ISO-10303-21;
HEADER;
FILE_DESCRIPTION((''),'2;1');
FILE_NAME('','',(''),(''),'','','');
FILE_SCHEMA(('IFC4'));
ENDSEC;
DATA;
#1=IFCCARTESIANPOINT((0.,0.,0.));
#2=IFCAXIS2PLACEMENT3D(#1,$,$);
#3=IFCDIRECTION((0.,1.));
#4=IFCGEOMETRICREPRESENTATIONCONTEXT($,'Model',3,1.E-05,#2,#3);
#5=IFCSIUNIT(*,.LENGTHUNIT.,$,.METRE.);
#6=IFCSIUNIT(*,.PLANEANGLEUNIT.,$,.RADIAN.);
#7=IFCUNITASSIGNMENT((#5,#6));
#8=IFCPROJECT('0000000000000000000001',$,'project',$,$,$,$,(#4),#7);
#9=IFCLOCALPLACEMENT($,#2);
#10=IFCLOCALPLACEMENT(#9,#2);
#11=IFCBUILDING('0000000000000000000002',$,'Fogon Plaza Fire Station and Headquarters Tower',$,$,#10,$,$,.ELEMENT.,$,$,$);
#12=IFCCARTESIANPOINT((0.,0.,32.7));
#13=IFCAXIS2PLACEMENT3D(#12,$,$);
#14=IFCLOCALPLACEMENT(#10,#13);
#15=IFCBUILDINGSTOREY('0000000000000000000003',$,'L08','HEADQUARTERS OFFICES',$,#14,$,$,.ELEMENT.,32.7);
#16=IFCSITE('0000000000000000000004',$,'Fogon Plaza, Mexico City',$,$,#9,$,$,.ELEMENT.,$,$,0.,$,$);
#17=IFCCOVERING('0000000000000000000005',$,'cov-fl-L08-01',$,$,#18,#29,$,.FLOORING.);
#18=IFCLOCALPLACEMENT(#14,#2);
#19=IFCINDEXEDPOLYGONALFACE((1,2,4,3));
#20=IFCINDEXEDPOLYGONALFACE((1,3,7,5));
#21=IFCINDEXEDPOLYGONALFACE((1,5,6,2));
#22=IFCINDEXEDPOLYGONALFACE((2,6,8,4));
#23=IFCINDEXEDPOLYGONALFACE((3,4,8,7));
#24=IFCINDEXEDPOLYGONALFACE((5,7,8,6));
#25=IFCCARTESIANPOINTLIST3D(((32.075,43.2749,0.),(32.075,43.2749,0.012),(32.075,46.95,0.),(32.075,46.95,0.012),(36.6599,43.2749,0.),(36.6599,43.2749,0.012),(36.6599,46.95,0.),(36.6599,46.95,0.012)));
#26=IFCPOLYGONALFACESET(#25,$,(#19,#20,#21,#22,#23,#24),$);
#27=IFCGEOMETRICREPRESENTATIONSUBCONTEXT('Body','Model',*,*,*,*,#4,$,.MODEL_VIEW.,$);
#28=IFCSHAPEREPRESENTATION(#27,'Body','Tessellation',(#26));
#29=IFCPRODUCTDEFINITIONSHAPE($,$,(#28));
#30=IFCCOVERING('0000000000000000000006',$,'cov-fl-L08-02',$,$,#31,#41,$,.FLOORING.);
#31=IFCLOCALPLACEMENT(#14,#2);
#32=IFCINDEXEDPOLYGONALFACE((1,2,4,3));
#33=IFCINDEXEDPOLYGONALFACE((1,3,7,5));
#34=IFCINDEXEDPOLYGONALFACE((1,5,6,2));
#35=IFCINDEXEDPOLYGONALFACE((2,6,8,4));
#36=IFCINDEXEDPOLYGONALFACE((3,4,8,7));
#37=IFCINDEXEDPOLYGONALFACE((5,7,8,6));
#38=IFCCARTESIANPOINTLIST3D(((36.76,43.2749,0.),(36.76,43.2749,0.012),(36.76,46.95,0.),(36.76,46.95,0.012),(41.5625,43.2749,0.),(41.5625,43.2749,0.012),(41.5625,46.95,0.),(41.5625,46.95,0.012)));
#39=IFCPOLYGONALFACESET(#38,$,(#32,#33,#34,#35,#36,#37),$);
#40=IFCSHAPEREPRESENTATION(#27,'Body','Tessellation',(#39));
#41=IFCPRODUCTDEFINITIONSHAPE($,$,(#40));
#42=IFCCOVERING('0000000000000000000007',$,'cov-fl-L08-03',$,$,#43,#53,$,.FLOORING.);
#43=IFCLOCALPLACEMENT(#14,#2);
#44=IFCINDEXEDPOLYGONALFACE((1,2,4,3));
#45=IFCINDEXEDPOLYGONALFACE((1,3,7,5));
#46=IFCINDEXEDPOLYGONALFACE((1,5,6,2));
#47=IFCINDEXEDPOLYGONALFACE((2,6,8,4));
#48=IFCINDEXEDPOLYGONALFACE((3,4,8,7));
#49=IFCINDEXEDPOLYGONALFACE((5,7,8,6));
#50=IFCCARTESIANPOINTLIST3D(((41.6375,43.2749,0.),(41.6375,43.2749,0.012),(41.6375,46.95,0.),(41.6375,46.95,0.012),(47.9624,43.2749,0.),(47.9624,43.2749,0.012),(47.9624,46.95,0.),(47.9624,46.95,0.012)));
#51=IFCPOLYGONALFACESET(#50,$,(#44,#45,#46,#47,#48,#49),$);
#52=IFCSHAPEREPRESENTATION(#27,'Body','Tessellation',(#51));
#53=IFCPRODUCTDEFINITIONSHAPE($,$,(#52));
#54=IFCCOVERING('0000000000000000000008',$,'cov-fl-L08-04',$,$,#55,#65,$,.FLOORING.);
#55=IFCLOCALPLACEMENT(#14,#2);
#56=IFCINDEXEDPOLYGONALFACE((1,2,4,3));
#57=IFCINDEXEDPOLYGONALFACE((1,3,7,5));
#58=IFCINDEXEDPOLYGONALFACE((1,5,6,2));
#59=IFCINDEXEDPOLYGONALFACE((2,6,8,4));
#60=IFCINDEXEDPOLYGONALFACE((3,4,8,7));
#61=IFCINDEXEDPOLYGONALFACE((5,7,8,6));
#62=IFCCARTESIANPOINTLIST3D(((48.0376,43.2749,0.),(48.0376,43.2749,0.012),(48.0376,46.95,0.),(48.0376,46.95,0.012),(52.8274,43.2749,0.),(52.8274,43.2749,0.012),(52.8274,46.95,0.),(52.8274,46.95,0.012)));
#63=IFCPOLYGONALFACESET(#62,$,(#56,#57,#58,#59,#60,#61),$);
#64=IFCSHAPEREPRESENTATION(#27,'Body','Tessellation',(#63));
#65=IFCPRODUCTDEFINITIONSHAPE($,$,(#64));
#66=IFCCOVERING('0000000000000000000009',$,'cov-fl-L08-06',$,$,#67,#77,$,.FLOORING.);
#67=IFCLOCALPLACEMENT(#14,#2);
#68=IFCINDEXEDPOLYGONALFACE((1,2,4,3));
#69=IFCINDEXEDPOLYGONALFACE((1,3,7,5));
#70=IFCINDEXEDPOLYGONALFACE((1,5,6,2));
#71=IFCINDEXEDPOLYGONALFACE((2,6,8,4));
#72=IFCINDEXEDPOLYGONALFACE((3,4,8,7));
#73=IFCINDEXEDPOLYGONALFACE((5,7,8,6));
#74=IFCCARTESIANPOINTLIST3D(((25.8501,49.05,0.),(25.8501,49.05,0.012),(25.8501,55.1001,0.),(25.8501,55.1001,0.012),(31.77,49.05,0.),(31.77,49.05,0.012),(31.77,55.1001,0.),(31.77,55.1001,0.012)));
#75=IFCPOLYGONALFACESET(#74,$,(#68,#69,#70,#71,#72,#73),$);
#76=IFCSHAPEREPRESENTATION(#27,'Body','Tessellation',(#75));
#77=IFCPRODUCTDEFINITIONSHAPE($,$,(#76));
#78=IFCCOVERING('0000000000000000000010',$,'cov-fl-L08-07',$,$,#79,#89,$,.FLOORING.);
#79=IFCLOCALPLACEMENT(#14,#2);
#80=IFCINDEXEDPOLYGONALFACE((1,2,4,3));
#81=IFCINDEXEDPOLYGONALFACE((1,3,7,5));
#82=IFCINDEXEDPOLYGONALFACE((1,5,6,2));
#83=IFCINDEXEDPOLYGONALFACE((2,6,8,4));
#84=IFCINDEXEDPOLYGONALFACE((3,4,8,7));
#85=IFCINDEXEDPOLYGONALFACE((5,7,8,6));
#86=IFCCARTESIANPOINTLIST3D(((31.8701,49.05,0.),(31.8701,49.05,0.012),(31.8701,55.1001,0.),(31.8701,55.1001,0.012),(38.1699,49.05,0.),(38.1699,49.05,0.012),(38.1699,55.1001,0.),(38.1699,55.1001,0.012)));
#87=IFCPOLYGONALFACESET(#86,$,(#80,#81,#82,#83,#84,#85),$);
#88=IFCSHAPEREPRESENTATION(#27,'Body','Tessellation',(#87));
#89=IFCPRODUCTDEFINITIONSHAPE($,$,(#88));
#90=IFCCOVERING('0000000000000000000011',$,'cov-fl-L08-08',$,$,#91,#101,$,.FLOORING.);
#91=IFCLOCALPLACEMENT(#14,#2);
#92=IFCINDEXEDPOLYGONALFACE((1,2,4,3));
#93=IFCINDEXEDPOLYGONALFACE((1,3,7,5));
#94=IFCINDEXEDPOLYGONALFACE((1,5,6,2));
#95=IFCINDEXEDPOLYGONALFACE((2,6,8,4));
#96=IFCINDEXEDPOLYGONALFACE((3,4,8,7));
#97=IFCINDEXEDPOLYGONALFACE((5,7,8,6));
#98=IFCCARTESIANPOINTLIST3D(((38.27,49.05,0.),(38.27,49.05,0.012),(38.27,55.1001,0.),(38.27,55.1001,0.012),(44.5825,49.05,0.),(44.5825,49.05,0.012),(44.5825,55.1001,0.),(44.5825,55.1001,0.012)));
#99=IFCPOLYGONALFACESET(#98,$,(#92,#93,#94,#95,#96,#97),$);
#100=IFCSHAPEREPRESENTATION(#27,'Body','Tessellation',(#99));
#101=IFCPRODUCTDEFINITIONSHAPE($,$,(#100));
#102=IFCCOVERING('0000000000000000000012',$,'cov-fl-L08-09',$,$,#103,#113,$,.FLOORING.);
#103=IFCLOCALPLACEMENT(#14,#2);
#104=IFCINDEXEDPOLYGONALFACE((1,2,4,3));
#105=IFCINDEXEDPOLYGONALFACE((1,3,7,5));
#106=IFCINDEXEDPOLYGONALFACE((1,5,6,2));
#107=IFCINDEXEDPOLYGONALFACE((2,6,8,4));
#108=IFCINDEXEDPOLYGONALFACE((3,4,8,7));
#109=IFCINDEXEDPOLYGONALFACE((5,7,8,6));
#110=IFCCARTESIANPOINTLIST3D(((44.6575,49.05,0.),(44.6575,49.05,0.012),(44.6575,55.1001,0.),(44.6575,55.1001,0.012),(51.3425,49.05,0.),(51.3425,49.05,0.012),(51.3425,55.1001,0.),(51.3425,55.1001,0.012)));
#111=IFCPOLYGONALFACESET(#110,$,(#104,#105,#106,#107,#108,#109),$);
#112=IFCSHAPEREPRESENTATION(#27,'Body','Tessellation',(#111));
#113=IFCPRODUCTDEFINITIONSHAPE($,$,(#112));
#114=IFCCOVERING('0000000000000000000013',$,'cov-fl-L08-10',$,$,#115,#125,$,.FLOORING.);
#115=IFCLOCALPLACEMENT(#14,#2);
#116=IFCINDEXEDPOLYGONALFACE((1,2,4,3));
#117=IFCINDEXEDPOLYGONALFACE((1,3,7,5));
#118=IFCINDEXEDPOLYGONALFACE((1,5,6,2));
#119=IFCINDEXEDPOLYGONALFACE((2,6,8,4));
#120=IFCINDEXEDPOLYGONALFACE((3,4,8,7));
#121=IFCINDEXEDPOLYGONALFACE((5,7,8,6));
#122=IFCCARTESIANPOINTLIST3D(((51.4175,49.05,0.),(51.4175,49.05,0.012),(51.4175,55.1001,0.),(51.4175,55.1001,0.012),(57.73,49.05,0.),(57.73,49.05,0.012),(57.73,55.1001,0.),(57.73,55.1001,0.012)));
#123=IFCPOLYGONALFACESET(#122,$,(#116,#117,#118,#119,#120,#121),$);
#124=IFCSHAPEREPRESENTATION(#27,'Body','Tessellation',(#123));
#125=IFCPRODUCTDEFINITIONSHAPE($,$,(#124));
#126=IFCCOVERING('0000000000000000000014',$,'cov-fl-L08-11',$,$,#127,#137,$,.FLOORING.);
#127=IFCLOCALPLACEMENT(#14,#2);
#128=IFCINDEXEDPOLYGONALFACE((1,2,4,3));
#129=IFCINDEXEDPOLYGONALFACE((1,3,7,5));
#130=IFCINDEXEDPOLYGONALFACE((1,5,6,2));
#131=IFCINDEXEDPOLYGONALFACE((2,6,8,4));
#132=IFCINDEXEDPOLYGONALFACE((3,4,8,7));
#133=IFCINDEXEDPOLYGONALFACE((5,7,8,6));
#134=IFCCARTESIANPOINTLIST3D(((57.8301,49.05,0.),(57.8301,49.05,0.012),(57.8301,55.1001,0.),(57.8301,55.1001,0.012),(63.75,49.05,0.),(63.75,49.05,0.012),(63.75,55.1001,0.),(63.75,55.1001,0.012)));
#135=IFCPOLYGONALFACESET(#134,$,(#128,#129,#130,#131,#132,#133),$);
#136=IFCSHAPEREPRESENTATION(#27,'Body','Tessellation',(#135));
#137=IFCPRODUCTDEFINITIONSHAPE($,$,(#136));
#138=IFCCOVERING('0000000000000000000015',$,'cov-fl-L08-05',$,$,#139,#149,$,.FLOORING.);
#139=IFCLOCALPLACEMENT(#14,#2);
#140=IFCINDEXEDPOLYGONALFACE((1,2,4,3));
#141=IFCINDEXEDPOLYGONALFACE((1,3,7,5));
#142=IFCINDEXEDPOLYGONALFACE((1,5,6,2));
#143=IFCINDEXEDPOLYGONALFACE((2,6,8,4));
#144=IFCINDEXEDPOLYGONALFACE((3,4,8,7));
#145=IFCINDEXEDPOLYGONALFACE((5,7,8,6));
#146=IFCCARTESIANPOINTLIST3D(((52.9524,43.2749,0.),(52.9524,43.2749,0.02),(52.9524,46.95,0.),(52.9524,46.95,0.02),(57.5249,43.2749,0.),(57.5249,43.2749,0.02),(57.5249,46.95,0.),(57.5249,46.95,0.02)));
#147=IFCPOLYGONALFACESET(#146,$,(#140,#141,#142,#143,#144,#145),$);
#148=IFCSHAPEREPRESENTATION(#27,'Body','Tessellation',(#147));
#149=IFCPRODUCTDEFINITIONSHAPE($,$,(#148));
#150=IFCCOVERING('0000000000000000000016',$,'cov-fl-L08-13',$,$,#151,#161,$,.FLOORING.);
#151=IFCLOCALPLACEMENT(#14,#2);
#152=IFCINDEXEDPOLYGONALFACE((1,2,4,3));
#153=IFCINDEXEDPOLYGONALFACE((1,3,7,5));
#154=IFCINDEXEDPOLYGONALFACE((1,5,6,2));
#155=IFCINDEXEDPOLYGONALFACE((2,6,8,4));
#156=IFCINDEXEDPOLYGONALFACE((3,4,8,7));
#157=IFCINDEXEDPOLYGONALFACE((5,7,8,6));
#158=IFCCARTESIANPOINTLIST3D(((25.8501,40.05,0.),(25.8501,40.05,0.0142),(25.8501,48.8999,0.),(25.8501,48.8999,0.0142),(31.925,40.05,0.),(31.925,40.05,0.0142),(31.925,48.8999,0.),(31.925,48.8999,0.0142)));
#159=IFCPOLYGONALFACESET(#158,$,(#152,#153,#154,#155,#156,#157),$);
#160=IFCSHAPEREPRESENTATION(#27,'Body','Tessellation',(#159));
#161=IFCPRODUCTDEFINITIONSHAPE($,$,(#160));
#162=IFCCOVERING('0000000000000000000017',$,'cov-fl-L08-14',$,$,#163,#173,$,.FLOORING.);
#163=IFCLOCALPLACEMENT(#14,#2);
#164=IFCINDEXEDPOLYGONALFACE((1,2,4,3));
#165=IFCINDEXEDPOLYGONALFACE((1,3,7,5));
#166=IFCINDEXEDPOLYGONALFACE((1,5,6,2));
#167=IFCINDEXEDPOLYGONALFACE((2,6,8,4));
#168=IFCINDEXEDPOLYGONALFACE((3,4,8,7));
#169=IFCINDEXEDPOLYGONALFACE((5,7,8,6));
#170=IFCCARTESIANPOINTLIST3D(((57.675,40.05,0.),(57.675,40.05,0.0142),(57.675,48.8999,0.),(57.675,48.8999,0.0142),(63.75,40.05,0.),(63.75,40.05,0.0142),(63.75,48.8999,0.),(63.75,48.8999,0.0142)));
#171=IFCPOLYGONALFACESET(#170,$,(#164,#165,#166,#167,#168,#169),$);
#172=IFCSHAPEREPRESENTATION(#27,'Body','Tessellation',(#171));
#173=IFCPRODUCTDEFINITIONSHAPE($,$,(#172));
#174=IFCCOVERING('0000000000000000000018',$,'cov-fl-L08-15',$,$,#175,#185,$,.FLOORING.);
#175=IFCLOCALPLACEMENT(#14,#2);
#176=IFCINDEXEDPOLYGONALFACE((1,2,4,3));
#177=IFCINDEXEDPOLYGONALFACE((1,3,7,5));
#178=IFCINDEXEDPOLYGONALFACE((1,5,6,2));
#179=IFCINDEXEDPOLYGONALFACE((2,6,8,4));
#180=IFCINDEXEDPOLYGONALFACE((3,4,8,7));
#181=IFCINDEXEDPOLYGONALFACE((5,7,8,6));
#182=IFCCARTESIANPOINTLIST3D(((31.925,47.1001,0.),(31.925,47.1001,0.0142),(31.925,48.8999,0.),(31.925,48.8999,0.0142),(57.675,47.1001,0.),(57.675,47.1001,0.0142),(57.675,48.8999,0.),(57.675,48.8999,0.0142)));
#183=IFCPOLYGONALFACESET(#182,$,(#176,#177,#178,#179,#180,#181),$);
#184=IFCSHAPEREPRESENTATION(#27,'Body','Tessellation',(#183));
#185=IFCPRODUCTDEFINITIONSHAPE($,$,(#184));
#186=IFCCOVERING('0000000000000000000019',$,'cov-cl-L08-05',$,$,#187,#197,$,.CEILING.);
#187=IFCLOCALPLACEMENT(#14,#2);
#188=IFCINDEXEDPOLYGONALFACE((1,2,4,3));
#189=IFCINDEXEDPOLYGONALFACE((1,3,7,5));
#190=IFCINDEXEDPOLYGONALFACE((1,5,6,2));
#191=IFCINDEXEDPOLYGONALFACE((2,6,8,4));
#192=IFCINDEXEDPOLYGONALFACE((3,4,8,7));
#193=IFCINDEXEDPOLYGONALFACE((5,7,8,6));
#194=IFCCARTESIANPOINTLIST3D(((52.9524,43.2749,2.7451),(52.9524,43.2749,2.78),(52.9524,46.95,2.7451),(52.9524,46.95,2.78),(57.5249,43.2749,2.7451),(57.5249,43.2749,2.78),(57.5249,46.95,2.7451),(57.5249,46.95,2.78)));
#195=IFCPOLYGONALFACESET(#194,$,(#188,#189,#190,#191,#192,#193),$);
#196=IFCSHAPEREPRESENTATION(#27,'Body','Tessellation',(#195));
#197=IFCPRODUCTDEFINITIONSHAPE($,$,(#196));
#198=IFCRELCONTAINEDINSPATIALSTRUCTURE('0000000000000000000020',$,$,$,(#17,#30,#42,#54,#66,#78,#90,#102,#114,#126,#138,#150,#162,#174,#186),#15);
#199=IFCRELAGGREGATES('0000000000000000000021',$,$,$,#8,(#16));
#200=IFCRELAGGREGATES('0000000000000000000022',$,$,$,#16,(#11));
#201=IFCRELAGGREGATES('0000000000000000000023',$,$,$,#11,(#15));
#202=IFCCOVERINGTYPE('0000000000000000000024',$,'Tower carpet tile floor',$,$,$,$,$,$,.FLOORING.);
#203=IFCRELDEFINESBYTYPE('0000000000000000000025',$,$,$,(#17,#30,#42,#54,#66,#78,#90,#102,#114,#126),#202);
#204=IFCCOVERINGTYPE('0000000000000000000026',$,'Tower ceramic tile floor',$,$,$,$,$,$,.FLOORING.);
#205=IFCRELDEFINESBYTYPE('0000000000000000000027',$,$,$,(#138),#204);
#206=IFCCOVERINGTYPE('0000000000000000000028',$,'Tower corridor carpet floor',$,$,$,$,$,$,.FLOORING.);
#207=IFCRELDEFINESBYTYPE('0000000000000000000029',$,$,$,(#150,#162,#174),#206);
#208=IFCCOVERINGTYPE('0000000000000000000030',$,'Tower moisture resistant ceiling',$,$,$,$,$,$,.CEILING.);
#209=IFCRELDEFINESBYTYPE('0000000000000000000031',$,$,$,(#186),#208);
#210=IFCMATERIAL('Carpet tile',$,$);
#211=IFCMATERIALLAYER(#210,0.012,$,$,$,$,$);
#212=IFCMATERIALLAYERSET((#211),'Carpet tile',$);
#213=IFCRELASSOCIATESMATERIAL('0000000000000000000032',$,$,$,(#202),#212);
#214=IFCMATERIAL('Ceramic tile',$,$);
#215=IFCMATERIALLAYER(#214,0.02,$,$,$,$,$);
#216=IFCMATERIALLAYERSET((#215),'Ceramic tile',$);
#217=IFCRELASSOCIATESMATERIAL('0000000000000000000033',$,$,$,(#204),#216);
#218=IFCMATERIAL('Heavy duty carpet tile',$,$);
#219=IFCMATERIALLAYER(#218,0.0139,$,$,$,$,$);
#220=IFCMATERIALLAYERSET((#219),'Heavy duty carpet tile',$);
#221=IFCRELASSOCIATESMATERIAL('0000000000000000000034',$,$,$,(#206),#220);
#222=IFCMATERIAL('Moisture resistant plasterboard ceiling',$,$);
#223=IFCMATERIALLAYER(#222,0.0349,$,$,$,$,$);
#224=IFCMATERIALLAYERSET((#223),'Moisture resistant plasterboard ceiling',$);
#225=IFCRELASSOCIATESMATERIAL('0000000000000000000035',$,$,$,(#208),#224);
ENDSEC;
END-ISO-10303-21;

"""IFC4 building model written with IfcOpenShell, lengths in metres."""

from ifc_helpers import new_model, si_unit, direction, frame, origin, place, context, subcontext, project, spatial, polyline, outline, extrude, material, layer, layer_set, type_object, element, save


model = new_model("IFC4")

# Units and contexts
model_context = context("Model", 3, precision=1e-05, world=origin(), true_north=direction((0.0, 1.0)))
body_context = subcontext(model_context, "Body", "Model", "MODEL_VIEW")
ifc_project = project(units=[si_unit("LENGTHUNIT", "METRE"), si_unit("PLANEANGLEUNIT", "RADIAN")], contexts=[model_context])

# Site, building, storey
site_placement = place(None, origin())
site = spatial("IfcSite", under=ifc_project, at=site_placement, Name="Fogon Plaza, Mexico City", CompositionType="ELEMENT", RefElevation=0.0)
building_placement = place(site_placement, origin())
building = spatial("IfcBuilding", under=site, at=building_placement, Name="Fogon Plaza Fire Station and Headquarters Tower", CompositionType="ELEMENT")
storey_placement = place(building_placement, frame((0.0, 0.0, 32.7)))
storey = spatial("IfcBuildingStorey", under=building, at=storey_placement, Name="L08", Description="HEADQUARTERS OFFICES", CompositionType="ELEMENT", Elevation=32.7)

# Coverings
ifc_material_1 = material(Name="Carpet tile")
ifc_layer_1 = layer(ifc_material_1, 0.012)
ifc_layer_set_1 = layer_set([ifc_layer_1], Name="Carpet tile")
covering_type_1 = type_object("IfcCoveringType", Name="Tower carpet tile floor", PredefinedType="FLOORING", material=ifc_layer_set_1)
covering_1_placement = place(storey_placement, origin())
element("IfcCovering", 1, at=covering_1_placement, inside=storey, type_object=covering_type_1, Name="cov-fl-L08-01", PredefinedType="FLOORING", context=body_context, shape_type="SweptSolid", body=[
    extrude(outline(polyline([(36.6599, 43.2749), (36.6599, 46.95), (32.075, 46.95), (32.075, 43.2749), (36.6599, 43.2749)])), origin(), (0.0, 0.0, 1.0), 0.012),
])
covering_2_placement = place(storey_placement, origin())
element("IfcCovering", 2, at=covering_2_placement, inside=storey, type_object=covering_type_1, Name="cov-fl-L08-02", PredefinedType="FLOORING", context=body_context, shape_type="SweptSolid", body=[
    extrude(outline(polyline([(41.5625, 43.2749), (41.5625, 46.95), (36.76, 46.95), (36.76, 43.2749), (41.5625, 43.2749)])), origin(), (0.0, 0.0, 1.0), 0.012),
])
covering_3_placement = place(storey_placement, origin())
element("IfcCovering", 3, at=covering_3_placement, inside=storey, type_object=covering_type_1, Name="cov-fl-L08-03", PredefinedType="FLOORING", context=body_context, shape_type="SweptSolid", body=[
    extrude(outline(polyline([(47.9624, 43.2749), (47.9624, 46.95), (41.6375, 46.95), (41.6375, 43.2749), (47.9624, 43.2749)])), origin(), (0.0, 0.0, 1.0), 0.012),
])
covering_4_placement = place(storey_placement, origin())
element("IfcCovering", 4, at=covering_4_placement, inside=storey, type_object=covering_type_1, Name="cov-fl-L08-04", PredefinedType="FLOORING", context=body_context, shape_type="SweptSolid", body=[
    extrude(outline(polyline([(52.8274, 43.2749), (52.8274, 46.95), (48.0376, 46.95), (48.0376, 43.2749), (52.8274, 43.2749)])), origin(), (0.0, 0.0, 1.0), 0.012),
])
covering_5_placement = place(storey_placement, origin())
element("IfcCovering", 5, at=covering_5_placement, inside=storey, type_object=covering_type_1, Name="cov-fl-L08-06", PredefinedType="FLOORING", context=body_context, shape_type="SweptSolid", body=[
    extrude(outline(polyline([(31.77, 49.05), (31.77, 55.1001), (25.8501, 55.1001), (25.8501, 49.05), (31.77, 49.05)])), origin(), (0.0, 0.0, 1.0), 0.012),
])
covering_6_placement = place(storey_placement, origin())
element("IfcCovering", 6, at=covering_6_placement, inside=storey, type_object=covering_type_1, Name="cov-fl-L08-07", PredefinedType="FLOORING", context=body_context, shape_type="SweptSolid", body=[
    extrude(outline(polyline([(38.1699, 49.05), (38.1699, 55.1001), (31.8701, 55.1001), (31.8701, 49.05), (38.1699, 49.05)])), origin(), (0.0, 0.0, 1.0), 0.012),
])
covering_7_placement = place(storey_placement, origin())
element("IfcCovering", 7, at=covering_7_placement, inside=storey, type_object=covering_type_1, Name="cov-fl-L08-08", PredefinedType="FLOORING", context=body_context, shape_type="SweptSolid", body=[
    extrude(outline(polyline([(44.5825, 49.05), (44.5825, 55.1001), (38.27, 55.1001), (38.27, 49.05), (44.5825, 49.05)])), origin(), (0.0, 0.0, 1.0), 0.012),
])
covering_8_placement = place(storey_placement, origin())
element("IfcCovering", 8, at=covering_8_placement, inside=storey, type_object=covering_type_1, Name="cov-fl-L08-09", PredefinedType="FLOORING", context=body_context, shape_type="SweptSolid", body=[
    extrude(outline(polyline([(51.3425, 49.05), (51.3425, 55.1001), (44.6575, 55.1001), (44.6575, 49.05), (51.3425, 49.05)])), origin(), (0.0, 0.0, 1.0), 0.012),
])
covering_9_placement = place(storey_placement, origin())
element("IfcCovering", 9, at=covering_9_placement, inside=storey, type_object=covering_type_1, Name="cov-fl-L08-10", PredefinedType="FLOORING", context=body_context, shape_type="SweptSolid", body=[
    extrude(outline(polyline([(57.73, 49.05), (57.73, 55.1001), (51.4175, 55.1001), (51.4175, 49.05), (57.73, 49.05)])), origin(), (0.0, 0.0, 1.0), 0.012),
])
covering_10_placement = place(storey_placement, origin())
element("IfcCovering", 10, at=covering_10_placement, inside=storey, type_object=covering_type_1, Name="cov-fl-L08-11", PredefinedType="FLOORING", context=body_context, shape_type="SweptSolid", body=[
    extrude(outline(polyline([(63.75, 49.05), (63.75, 55.1001), (57.8301, 55.1001), (57.8301, 49.05), (63.75, 49.05)])), origin(), (0.0, 0.0, 1.0), 0.012),
])
ifc_material_2 = material(Name="Ceramic tile")
ifc_layer_2 = layer(ifc_material_2, 0.02)
ifc_layer_set_2 = layer_set([ifc_layer_2], Name="Ceramic tile")
covering_type_2 = type_object("IfcCoveringType", Name="Tower ceramic tile floor", PredefinedType="FLOORING", material=ifc_layer_set_2)
covering_11_placement = place(storey_placement, origin())
element("IfcCovering", 11, at=covering_11_placement, inside=storey, type_object=covering_type_2, Name="cov-fl-L08-05", PredefinedType="FLOORING", context=body_context, shape_type="SweptSolid", body=[
    extrude(outline(polyline([(57.5249, 43.2749), (57.5249, 46.95), (52.9524, 46.95), (52.9524, 43.2749), (57.5249, 43.2749)])), origin(), (0.0, 0.0, 1.0), 0.02),
])
ifc_material_3 = material(Name="Heavy duty carpet tile")
ifc_layer_3 = layer(ifc_material_3, 0.0139)
ifc_layer_set_3 = layer_set([ifc_layer_3], Name="Heavy duty carpet tile")
covering_type_3 = type_object("IfcCoveringType", Name="Tower corridor carpet floor", PredefinedType="FLOORING", material=ifc_layer_set_3)
covering_12_placement = place(storey_placement, origin())
element("IfcCovering", 12, at=covering_12_placement, inside=storey, type_object=covering_type_3, Name="cov-fl-L08-13", PredefinedType="FLOORING", context=body_context, shape_type="SweptSolid", body=[
    extrude(outline(polyline([(31.925, 40.05), (31.925, 48.8999), (25.8501, 48.8999), (25.8501, 40.05), (31.925, 40.05)])), origin(), (0.0, 0.0, 1.0), 0.0142),
])
covering_13_placement = place(storey_placement, origin())
element("IfcCovering", 13, at=covering_13_placement, inside=storey, type_object=covering_type_3, Name="cov-fl-L08-14", PredefinedType="FLOORING", context=body_context, shape_type="SweptSolid", body=[
    extrude(outline(polyline([(63.75, 40.05), (63.75, 48.8999), (57.675, 48.8999), (57.675, 40.05), (63.75, 40.05)])), origin(), (0.0, 0.0, 1.0), 0.0142),
])
covering_14_placement = place(storey_placement, origin())
element("IfcCovering", 14, at=covering_14_placement, inside=storey, type_object=covering_type_3, Name="cov-fl-L08-15", PredefinedType="FLOORING", context=body_context, shape_type="SweptSolid", body=[
    extrude(outline(polyline([(57.675, 47.1001), (57.675, 48.8999), (31.925, 48.8999), (31.925, 47.1001), (57.675, 47.1001)])), origin(), (0.0, 0.0, 1.0), 0.0142),
])
ifc_material_4 = material(Name="Moisture resistant plasterboard ceiling")
ifc_layer_4 = layer(ifc_material_4, 0.0349)
ifc_layer_set_4 = layer_set([ifc_layer_4], Name="Moisture resistant plasterboard ceiling")
covering_type_4 = type_object("IfcCoveringType", Name="Tower moisture resistant ceiling", PredefinedType="CEILING", material=ifc_layer_set_4)
covering_15_placement = place(storey_placement, frame((0.0, 0.0, 2.7451)))
element("IfcCovering", 15, at=covering_15_placement, inside=storey, type_object=covering_type_4, Name="cov-cl-L08-05", PredefinedType="CEILING", context=body_context, shape_type="SweptSolid", body=[
    extrude(outline(polyline([(57.5249, 43.2749), (57.5249, 46.95), (52.9524, 46.95), (52.9524, 43.2749), (57.5249, 43.2749)])), origin(), (0.0, 0.0, 1.0), 0.0349),
])

save(model, "model.ifc")
